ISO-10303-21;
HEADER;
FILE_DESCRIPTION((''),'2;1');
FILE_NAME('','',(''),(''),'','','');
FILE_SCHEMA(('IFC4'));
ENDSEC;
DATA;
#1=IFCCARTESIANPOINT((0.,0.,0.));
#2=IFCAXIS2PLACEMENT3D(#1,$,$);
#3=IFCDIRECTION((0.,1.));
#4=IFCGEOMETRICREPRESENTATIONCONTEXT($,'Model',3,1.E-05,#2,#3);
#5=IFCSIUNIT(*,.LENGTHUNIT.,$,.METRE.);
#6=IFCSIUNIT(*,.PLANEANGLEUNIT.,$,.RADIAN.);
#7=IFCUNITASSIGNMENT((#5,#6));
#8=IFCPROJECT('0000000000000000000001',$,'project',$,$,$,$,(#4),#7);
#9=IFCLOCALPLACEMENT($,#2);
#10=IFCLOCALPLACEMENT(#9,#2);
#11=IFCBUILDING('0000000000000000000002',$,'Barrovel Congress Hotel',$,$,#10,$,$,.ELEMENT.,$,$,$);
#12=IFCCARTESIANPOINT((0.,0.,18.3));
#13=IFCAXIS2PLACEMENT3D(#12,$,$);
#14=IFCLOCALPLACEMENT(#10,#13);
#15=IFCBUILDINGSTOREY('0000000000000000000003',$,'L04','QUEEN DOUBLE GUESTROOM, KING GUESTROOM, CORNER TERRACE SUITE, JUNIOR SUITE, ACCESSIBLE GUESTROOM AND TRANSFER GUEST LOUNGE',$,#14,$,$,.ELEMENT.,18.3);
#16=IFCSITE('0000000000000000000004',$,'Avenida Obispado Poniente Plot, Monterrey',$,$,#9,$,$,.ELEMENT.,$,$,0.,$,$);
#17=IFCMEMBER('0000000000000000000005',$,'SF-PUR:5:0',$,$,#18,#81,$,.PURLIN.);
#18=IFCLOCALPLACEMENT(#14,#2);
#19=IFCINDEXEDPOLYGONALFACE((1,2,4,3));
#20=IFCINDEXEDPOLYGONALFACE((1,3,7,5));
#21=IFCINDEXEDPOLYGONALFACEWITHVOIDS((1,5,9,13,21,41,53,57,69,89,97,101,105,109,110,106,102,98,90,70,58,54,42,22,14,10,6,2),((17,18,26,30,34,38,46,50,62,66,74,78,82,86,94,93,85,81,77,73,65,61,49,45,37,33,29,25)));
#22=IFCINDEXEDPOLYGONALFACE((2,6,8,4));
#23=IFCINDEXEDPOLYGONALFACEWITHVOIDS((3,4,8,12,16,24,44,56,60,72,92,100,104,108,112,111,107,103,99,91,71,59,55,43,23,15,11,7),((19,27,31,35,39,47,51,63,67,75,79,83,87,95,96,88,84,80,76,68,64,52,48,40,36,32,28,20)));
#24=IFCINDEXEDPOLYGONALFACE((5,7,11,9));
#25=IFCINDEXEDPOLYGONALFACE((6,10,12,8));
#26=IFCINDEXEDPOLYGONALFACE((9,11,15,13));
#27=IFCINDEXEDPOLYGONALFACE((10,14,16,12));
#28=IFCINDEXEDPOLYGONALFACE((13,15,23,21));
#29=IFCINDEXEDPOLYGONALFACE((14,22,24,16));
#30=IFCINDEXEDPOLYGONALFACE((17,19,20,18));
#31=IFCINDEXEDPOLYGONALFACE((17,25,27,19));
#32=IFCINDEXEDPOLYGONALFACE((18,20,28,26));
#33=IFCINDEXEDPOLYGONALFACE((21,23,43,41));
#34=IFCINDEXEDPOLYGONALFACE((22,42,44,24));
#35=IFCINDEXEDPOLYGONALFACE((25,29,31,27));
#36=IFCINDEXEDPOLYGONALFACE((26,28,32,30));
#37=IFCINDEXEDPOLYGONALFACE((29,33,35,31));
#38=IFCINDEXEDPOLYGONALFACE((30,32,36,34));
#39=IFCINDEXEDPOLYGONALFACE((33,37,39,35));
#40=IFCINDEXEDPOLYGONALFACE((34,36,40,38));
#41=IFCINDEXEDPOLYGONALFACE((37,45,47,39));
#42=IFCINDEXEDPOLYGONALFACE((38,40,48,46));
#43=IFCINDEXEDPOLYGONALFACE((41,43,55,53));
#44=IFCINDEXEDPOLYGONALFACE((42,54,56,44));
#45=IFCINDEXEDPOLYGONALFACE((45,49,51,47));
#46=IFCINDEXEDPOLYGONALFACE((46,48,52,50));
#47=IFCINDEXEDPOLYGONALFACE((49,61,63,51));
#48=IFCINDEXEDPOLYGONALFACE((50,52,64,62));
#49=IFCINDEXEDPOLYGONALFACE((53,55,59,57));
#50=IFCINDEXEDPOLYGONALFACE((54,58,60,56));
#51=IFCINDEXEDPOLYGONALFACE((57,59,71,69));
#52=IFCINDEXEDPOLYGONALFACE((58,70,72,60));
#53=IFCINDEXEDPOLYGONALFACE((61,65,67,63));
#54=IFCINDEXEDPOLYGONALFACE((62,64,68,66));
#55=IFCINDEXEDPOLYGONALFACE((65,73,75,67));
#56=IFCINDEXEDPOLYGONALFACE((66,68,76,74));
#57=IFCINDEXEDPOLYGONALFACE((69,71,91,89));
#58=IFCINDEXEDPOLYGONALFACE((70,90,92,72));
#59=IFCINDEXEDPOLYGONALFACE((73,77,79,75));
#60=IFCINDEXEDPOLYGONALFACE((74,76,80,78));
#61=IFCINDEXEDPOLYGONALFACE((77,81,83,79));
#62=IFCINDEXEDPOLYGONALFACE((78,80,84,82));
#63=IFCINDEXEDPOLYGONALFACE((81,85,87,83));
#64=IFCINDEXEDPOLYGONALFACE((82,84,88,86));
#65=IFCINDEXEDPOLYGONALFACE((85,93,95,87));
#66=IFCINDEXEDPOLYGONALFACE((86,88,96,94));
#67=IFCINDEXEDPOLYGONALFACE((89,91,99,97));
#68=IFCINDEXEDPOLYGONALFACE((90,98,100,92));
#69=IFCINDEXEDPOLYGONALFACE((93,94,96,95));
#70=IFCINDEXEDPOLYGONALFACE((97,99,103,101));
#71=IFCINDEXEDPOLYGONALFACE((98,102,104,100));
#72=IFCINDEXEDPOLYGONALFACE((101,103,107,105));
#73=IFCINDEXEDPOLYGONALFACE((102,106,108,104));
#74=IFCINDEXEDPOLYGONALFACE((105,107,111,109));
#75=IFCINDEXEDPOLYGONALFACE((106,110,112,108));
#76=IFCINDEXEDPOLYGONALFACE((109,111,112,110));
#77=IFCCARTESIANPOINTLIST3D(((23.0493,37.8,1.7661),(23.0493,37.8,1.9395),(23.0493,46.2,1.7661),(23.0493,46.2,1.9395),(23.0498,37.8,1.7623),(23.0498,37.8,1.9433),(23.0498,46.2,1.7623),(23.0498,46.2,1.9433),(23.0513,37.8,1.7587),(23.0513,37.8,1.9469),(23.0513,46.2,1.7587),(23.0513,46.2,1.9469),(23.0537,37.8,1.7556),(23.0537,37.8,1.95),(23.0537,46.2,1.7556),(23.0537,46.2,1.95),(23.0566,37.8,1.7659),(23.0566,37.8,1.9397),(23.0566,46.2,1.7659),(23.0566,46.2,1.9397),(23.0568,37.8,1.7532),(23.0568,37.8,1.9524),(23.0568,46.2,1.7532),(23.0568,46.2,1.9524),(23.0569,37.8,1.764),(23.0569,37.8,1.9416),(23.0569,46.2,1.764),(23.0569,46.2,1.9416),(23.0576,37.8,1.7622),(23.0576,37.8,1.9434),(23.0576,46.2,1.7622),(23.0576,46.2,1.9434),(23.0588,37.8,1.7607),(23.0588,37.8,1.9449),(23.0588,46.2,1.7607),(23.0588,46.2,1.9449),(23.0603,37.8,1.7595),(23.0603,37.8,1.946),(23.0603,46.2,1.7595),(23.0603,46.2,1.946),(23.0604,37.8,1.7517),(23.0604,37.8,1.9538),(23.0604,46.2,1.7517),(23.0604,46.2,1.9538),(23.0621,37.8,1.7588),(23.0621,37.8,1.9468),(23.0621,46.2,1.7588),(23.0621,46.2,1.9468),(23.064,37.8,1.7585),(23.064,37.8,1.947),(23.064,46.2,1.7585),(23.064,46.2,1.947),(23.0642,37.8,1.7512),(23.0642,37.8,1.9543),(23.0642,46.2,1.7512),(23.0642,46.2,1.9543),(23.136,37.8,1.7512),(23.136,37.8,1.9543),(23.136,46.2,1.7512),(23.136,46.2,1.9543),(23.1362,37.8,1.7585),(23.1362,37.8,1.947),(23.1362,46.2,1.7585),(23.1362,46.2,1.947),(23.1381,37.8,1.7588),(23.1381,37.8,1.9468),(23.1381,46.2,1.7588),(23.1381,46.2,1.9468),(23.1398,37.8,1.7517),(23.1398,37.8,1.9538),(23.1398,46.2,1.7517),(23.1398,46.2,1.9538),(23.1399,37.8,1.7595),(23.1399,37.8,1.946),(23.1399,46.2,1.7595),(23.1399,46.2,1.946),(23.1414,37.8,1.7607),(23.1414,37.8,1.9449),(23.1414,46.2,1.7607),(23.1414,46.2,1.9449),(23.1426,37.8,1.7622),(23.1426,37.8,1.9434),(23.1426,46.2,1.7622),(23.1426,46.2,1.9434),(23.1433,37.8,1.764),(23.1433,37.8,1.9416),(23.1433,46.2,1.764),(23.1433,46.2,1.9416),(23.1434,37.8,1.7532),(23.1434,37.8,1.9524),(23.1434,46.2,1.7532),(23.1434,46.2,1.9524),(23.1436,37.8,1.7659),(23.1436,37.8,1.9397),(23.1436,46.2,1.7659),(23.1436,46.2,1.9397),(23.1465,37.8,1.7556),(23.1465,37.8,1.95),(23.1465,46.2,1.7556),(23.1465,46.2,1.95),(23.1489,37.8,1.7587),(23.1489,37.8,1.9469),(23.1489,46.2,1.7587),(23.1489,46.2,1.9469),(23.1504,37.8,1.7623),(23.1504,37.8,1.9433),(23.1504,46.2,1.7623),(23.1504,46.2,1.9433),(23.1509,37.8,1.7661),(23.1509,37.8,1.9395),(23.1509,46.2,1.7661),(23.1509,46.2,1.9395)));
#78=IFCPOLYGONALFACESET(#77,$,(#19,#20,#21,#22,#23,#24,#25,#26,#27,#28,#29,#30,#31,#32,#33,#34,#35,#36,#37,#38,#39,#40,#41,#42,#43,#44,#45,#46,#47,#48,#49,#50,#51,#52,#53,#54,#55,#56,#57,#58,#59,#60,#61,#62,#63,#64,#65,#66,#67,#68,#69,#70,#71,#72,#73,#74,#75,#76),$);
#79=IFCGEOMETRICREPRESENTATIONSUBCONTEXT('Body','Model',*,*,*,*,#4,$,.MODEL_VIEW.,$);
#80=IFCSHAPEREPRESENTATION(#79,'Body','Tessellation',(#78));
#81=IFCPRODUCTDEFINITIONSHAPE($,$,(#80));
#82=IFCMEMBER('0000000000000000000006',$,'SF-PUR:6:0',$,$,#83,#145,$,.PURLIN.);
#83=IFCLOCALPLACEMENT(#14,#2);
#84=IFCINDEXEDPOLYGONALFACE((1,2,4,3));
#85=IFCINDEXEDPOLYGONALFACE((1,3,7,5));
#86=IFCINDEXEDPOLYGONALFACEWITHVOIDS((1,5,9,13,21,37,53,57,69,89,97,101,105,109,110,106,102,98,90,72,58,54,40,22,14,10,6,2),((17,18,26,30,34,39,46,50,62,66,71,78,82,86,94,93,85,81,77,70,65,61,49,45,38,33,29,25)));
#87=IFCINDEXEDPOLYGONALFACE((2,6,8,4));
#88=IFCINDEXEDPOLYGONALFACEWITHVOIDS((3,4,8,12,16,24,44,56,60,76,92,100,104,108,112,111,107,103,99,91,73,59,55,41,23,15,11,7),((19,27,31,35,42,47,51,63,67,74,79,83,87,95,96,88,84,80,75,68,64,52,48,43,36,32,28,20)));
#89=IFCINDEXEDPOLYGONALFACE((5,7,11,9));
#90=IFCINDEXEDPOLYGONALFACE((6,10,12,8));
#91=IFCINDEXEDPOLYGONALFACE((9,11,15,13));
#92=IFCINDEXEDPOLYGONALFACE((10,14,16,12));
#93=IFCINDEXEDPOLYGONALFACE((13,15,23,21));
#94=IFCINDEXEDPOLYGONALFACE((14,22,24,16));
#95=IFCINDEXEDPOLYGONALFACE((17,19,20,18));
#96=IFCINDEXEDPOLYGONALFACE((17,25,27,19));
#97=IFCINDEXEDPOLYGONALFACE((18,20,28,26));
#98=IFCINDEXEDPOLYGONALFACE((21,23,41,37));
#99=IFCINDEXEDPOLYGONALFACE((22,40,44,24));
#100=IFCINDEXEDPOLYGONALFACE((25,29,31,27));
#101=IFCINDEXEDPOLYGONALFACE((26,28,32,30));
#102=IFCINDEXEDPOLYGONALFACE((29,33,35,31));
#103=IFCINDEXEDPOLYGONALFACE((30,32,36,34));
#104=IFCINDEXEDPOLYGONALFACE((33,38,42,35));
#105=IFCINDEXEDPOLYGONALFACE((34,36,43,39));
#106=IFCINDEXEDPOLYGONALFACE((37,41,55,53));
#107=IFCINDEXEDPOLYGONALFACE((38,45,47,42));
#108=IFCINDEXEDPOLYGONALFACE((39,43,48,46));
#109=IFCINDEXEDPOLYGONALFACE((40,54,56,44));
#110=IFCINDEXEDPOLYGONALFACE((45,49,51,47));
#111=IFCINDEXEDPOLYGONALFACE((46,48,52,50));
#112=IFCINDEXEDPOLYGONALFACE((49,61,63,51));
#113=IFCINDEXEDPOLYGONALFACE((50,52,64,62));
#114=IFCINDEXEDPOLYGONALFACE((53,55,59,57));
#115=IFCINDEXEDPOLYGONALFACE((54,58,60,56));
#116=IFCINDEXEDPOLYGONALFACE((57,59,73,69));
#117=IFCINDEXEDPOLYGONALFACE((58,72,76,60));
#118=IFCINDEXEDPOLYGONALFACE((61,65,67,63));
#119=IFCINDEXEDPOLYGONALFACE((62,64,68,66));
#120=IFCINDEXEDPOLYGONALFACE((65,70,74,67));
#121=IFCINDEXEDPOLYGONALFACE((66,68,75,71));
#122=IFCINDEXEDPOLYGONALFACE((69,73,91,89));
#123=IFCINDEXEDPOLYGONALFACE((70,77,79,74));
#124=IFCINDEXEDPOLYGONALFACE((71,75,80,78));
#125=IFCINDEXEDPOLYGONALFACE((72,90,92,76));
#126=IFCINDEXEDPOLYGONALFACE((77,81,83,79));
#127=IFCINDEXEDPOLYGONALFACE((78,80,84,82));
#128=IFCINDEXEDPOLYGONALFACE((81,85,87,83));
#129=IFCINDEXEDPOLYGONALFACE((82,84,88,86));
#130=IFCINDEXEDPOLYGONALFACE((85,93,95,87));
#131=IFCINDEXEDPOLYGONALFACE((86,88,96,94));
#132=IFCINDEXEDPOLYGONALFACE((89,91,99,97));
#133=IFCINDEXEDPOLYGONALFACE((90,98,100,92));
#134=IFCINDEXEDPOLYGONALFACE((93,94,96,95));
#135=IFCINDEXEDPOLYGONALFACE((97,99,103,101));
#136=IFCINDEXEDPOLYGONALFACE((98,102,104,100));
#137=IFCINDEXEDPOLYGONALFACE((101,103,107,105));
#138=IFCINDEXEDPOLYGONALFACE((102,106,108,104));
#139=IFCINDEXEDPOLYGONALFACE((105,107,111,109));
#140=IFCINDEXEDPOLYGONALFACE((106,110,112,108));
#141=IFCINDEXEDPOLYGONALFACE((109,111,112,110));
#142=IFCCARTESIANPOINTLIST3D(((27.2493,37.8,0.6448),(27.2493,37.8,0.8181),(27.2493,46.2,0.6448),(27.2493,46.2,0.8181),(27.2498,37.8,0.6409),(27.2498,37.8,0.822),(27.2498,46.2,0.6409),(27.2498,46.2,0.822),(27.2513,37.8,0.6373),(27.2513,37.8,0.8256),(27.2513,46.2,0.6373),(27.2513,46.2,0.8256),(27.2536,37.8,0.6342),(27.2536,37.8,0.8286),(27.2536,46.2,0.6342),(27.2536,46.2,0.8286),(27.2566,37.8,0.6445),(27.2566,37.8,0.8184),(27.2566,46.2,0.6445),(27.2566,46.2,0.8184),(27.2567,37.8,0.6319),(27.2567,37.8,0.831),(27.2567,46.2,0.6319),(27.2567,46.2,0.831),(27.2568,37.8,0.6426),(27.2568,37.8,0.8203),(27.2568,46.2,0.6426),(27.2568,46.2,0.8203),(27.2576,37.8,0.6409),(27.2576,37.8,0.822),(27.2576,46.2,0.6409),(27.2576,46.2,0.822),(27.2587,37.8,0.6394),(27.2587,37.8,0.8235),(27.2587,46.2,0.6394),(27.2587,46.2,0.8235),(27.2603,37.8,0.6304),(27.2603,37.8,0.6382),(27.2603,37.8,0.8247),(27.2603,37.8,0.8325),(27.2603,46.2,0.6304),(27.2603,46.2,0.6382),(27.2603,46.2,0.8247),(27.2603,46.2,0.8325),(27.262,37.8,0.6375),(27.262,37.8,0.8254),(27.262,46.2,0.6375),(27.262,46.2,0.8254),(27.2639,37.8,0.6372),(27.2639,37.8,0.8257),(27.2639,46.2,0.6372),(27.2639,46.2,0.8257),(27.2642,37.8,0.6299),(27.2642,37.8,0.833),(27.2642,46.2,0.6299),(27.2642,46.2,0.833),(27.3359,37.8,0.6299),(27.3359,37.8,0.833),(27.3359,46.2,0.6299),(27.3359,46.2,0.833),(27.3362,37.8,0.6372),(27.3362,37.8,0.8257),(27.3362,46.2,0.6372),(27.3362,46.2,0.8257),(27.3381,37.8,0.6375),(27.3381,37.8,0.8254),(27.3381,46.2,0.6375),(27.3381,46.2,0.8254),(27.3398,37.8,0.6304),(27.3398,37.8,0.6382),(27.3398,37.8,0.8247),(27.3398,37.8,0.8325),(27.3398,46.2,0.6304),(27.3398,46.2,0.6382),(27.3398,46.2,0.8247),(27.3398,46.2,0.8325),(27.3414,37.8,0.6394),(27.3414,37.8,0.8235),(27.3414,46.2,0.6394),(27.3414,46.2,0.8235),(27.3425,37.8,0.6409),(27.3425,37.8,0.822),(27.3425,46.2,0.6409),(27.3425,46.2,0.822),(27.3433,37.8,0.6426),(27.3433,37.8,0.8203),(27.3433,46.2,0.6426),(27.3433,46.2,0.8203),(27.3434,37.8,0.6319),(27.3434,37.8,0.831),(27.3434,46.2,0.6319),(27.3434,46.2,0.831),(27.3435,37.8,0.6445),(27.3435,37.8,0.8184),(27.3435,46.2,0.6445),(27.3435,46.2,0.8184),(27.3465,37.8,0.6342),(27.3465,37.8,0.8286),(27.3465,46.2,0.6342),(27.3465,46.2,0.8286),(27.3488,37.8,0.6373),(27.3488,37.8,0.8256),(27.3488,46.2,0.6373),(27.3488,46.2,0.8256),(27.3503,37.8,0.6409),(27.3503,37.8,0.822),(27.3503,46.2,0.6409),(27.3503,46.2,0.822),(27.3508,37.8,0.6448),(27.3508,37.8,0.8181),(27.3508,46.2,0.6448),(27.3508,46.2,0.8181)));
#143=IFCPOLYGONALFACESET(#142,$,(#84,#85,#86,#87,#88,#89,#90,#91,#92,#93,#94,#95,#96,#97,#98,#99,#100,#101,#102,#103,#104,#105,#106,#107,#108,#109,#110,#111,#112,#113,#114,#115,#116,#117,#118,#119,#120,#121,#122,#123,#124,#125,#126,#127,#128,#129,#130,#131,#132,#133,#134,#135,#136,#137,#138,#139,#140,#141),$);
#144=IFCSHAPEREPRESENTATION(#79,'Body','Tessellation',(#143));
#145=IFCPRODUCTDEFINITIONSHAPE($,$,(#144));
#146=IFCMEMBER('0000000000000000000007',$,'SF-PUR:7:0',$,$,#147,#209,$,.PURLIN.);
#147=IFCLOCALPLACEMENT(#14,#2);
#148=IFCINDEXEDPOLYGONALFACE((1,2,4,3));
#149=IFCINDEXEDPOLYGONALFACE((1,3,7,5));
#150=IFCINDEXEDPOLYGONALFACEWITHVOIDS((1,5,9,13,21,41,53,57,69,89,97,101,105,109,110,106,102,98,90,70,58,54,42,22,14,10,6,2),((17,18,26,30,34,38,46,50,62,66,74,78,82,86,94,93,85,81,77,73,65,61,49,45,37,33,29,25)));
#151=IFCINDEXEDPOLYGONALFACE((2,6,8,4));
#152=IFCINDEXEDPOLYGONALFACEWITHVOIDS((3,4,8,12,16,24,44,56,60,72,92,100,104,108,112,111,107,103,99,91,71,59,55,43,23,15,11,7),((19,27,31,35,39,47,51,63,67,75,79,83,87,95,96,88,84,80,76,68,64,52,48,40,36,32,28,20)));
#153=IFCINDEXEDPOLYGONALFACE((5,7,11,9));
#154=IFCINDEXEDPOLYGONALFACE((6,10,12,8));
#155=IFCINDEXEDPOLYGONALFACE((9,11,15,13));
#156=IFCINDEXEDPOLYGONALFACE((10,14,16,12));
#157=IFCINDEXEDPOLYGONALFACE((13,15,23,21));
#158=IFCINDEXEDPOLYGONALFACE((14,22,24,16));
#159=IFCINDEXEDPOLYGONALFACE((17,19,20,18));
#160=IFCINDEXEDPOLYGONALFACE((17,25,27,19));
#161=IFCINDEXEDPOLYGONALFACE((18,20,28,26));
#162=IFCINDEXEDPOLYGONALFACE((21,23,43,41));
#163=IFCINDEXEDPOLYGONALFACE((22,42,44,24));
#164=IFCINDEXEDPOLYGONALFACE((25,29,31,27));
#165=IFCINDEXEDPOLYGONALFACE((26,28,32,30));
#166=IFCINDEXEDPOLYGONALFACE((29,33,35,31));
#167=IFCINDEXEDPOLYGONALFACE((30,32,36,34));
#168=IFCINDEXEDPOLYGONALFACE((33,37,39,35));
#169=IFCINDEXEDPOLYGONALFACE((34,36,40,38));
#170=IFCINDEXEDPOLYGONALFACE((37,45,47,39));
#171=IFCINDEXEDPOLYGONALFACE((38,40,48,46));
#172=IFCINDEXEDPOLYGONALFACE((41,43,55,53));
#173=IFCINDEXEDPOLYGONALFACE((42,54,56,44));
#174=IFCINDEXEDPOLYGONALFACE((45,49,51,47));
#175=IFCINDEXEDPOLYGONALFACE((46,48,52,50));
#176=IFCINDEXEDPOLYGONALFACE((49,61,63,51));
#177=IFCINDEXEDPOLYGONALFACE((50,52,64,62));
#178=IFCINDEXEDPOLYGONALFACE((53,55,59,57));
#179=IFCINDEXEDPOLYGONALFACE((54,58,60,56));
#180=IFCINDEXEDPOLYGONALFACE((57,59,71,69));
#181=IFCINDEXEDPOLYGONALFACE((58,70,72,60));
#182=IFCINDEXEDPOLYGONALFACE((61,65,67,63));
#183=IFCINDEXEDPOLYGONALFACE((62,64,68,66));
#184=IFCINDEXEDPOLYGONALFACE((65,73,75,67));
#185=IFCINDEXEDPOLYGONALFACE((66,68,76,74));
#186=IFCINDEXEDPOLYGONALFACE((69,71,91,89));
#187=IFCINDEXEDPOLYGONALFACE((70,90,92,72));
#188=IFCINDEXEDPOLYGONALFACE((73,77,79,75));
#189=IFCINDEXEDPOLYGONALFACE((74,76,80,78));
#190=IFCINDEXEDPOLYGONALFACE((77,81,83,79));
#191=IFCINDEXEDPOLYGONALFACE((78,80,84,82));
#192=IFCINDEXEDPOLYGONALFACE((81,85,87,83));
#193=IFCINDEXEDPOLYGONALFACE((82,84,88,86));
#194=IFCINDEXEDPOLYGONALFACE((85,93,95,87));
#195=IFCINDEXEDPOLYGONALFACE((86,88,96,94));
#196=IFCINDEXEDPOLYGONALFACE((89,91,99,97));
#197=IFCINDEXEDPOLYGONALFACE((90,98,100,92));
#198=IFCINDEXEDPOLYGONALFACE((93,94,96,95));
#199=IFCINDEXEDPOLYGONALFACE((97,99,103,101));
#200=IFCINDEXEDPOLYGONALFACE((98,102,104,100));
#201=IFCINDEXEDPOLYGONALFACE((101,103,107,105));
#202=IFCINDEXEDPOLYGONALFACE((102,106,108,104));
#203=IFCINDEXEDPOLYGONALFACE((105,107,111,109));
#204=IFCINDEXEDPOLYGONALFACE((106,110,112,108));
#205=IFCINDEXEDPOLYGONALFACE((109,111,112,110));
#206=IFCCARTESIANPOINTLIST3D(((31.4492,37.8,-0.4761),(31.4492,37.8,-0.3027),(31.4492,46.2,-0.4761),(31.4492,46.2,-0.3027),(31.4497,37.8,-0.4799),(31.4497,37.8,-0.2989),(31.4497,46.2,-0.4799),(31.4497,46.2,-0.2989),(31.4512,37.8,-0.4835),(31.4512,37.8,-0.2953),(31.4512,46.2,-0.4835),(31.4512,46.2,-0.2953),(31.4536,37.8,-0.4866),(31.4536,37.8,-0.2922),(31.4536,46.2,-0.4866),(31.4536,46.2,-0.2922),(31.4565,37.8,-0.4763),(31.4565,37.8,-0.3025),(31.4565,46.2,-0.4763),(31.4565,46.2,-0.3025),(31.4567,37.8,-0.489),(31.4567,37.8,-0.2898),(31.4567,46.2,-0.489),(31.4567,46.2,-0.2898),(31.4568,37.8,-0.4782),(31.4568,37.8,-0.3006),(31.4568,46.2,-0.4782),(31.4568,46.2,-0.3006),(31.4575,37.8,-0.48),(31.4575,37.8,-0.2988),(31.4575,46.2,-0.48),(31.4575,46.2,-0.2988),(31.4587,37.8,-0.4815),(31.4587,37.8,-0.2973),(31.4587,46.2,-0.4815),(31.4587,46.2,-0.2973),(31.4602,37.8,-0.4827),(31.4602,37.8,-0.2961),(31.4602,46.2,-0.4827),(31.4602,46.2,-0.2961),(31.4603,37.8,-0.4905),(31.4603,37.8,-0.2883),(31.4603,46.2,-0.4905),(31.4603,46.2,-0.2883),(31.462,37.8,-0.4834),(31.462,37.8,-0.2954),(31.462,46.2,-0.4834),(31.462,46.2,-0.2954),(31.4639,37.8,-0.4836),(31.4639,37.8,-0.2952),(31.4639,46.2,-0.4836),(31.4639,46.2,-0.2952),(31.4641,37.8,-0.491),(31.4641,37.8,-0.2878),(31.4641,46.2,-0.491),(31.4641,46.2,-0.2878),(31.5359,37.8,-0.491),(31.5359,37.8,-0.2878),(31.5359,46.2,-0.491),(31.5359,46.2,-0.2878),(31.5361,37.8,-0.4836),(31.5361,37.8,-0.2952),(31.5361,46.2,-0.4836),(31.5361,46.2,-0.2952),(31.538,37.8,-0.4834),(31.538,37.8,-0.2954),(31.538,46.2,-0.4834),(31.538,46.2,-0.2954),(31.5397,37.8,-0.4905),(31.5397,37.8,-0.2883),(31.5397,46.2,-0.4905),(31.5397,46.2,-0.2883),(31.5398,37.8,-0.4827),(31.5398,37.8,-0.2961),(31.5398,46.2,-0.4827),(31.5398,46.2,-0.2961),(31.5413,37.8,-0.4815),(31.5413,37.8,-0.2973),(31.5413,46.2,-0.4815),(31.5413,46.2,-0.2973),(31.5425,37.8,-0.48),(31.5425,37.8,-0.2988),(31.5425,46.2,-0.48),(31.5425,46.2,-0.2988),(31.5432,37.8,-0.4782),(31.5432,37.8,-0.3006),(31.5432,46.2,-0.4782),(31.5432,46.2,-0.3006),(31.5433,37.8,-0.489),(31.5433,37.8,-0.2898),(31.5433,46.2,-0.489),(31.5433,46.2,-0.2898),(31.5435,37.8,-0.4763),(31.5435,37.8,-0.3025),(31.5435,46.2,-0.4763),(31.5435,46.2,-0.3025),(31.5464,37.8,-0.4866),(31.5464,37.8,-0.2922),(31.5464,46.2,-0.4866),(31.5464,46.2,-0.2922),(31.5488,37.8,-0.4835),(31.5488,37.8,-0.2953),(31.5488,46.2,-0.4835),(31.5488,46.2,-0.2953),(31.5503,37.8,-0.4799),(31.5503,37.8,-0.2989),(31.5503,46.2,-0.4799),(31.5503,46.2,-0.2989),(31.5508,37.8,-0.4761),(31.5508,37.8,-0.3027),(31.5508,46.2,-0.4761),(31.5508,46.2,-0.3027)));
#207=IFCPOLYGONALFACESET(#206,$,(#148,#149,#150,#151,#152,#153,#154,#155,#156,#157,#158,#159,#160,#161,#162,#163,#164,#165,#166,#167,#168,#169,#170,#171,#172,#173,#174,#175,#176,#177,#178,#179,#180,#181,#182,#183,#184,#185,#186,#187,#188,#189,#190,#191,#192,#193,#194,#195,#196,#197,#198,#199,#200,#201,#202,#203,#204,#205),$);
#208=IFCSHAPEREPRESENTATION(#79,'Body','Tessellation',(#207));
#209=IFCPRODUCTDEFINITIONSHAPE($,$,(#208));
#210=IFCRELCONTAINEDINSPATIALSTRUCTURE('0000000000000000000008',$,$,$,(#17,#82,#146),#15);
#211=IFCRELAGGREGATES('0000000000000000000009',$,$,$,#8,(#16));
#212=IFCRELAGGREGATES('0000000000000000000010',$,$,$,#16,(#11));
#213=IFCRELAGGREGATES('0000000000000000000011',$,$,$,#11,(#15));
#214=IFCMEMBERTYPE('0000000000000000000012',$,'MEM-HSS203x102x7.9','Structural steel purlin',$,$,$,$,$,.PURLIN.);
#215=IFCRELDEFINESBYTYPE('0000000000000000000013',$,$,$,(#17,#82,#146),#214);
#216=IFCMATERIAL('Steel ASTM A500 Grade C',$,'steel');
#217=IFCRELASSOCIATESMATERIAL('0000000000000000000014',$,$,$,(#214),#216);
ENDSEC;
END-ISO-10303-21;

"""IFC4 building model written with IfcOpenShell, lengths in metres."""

from ifc_helpers import new_model, si_unit, direction, frame, origin, origin_2d, place, context, subcontext, project, spatial, hollow_rectangle, extrude, material, material_profile, profile_set, type_object, element, save


model = new_model("IFC4")

# Units and contexts
model_context = context("Model", 3, precision=1e-05, world=origin(), true_north=direction((0.0, 1.0)))
body_context = subcontext(model_context, "Body", "Model", "MODEL_VIEW")
ifc_project = project(units=[si_unit("LENGTHUNIT", "METRE"), si_unit("PLANEANGLEUNIT", "RADIAN")], contexts=[model_context])

# Site, building, storey
site_placement = place(None, origin())
site = spatial("IfcSite", under=ifc_project, at=site_placement, Name="Avenida Obispado Poniente Plot, Monterrey", CompositionType="ELEMENT", RefElevation=0.0)
building_placement = place(site_placement, origin())
building = spatial("IfcBuilding", under=site, at=building_placement, Name="Barrovel Congress Hotel", CompositionType="ELEMENT")
storey_placement = place(building_placement, frame((0.0, 0.0, 18.3)))
storey = spatial("IfcBuildingStorey", under=building, at=storey_placement, Name="L04", Description="QUEEN DOUBLE GUESTROOM, KING GUESTROOM, CORNER TERRACE SUITE, JUNIOR SUITE, ACCESSIBLE GUESTROOM AND TRANSFER GUEST LOUNGE", CompositionType="ELEMENT", Elevation=18.3)

# Members
ifc_material_1 = material(Name="Steel ASTM A500 Grade C", Category="steel")
ifc_material_profile_1 = material_profile(ifc_material_1, hollow_rectangle(XDim=0.1016, YDim=0.2031, WallThickness=0.0073, InnerFilletRadius=0.0073, OuterFilletRadius=0.0149, at=origin_2d()), Name="HSS203x102x7.9")
ifc_profile_set_1 = profile_set([ifc_material_profile_1], Name="Steel ASTM A500 Grade C")
member_type_1 = type_object("IfcMemberType", Name="MEM-HSS203x102x7.9", Description="Structural steel purlin", PredefinedType="PURLIN", material=ifc_profile_set_1)
for number, where, z_axis, x_axis, name in (
    (1, (23.1001, 37.8, 1.8528), (0.0, 1.0, 0.0), (-1.0, 0.0, 0.0), "SF-PUR:5:0"),
    (2, (27.3, 37.8, 0.7314), (0.0, 1.0, 0.0), (-1.0, 0.0, 0.0), "SF-PUR:6:0"),
    (3, (31.5, 37.8, -0.3894), (0.0, 1.0, 0.0), (-1.0, 0.0, 0.0), "SF-PUR:7:0"),
):
    element("IfcMember", number, at=place(storey_placement, frame(where, z_axis=z_axis, x_axis=x_axis)), inside=storey, type_object=member_type_1, Name=name, PredefinedType="PURLIN", context=body_context, shape_type="SweptSolid", body=[
        extrude(hollow_rectangle(XDim=0.1016, YDim=0.2031, WallThickness=0.0073, InnerFilletRadius=0.0073, OuterFilletRadius=0.0149, at=origin_2d()), origin(), (0.0, 0.0, 1.0), 8.3999),
    ])

save(model, "model.ifc")
